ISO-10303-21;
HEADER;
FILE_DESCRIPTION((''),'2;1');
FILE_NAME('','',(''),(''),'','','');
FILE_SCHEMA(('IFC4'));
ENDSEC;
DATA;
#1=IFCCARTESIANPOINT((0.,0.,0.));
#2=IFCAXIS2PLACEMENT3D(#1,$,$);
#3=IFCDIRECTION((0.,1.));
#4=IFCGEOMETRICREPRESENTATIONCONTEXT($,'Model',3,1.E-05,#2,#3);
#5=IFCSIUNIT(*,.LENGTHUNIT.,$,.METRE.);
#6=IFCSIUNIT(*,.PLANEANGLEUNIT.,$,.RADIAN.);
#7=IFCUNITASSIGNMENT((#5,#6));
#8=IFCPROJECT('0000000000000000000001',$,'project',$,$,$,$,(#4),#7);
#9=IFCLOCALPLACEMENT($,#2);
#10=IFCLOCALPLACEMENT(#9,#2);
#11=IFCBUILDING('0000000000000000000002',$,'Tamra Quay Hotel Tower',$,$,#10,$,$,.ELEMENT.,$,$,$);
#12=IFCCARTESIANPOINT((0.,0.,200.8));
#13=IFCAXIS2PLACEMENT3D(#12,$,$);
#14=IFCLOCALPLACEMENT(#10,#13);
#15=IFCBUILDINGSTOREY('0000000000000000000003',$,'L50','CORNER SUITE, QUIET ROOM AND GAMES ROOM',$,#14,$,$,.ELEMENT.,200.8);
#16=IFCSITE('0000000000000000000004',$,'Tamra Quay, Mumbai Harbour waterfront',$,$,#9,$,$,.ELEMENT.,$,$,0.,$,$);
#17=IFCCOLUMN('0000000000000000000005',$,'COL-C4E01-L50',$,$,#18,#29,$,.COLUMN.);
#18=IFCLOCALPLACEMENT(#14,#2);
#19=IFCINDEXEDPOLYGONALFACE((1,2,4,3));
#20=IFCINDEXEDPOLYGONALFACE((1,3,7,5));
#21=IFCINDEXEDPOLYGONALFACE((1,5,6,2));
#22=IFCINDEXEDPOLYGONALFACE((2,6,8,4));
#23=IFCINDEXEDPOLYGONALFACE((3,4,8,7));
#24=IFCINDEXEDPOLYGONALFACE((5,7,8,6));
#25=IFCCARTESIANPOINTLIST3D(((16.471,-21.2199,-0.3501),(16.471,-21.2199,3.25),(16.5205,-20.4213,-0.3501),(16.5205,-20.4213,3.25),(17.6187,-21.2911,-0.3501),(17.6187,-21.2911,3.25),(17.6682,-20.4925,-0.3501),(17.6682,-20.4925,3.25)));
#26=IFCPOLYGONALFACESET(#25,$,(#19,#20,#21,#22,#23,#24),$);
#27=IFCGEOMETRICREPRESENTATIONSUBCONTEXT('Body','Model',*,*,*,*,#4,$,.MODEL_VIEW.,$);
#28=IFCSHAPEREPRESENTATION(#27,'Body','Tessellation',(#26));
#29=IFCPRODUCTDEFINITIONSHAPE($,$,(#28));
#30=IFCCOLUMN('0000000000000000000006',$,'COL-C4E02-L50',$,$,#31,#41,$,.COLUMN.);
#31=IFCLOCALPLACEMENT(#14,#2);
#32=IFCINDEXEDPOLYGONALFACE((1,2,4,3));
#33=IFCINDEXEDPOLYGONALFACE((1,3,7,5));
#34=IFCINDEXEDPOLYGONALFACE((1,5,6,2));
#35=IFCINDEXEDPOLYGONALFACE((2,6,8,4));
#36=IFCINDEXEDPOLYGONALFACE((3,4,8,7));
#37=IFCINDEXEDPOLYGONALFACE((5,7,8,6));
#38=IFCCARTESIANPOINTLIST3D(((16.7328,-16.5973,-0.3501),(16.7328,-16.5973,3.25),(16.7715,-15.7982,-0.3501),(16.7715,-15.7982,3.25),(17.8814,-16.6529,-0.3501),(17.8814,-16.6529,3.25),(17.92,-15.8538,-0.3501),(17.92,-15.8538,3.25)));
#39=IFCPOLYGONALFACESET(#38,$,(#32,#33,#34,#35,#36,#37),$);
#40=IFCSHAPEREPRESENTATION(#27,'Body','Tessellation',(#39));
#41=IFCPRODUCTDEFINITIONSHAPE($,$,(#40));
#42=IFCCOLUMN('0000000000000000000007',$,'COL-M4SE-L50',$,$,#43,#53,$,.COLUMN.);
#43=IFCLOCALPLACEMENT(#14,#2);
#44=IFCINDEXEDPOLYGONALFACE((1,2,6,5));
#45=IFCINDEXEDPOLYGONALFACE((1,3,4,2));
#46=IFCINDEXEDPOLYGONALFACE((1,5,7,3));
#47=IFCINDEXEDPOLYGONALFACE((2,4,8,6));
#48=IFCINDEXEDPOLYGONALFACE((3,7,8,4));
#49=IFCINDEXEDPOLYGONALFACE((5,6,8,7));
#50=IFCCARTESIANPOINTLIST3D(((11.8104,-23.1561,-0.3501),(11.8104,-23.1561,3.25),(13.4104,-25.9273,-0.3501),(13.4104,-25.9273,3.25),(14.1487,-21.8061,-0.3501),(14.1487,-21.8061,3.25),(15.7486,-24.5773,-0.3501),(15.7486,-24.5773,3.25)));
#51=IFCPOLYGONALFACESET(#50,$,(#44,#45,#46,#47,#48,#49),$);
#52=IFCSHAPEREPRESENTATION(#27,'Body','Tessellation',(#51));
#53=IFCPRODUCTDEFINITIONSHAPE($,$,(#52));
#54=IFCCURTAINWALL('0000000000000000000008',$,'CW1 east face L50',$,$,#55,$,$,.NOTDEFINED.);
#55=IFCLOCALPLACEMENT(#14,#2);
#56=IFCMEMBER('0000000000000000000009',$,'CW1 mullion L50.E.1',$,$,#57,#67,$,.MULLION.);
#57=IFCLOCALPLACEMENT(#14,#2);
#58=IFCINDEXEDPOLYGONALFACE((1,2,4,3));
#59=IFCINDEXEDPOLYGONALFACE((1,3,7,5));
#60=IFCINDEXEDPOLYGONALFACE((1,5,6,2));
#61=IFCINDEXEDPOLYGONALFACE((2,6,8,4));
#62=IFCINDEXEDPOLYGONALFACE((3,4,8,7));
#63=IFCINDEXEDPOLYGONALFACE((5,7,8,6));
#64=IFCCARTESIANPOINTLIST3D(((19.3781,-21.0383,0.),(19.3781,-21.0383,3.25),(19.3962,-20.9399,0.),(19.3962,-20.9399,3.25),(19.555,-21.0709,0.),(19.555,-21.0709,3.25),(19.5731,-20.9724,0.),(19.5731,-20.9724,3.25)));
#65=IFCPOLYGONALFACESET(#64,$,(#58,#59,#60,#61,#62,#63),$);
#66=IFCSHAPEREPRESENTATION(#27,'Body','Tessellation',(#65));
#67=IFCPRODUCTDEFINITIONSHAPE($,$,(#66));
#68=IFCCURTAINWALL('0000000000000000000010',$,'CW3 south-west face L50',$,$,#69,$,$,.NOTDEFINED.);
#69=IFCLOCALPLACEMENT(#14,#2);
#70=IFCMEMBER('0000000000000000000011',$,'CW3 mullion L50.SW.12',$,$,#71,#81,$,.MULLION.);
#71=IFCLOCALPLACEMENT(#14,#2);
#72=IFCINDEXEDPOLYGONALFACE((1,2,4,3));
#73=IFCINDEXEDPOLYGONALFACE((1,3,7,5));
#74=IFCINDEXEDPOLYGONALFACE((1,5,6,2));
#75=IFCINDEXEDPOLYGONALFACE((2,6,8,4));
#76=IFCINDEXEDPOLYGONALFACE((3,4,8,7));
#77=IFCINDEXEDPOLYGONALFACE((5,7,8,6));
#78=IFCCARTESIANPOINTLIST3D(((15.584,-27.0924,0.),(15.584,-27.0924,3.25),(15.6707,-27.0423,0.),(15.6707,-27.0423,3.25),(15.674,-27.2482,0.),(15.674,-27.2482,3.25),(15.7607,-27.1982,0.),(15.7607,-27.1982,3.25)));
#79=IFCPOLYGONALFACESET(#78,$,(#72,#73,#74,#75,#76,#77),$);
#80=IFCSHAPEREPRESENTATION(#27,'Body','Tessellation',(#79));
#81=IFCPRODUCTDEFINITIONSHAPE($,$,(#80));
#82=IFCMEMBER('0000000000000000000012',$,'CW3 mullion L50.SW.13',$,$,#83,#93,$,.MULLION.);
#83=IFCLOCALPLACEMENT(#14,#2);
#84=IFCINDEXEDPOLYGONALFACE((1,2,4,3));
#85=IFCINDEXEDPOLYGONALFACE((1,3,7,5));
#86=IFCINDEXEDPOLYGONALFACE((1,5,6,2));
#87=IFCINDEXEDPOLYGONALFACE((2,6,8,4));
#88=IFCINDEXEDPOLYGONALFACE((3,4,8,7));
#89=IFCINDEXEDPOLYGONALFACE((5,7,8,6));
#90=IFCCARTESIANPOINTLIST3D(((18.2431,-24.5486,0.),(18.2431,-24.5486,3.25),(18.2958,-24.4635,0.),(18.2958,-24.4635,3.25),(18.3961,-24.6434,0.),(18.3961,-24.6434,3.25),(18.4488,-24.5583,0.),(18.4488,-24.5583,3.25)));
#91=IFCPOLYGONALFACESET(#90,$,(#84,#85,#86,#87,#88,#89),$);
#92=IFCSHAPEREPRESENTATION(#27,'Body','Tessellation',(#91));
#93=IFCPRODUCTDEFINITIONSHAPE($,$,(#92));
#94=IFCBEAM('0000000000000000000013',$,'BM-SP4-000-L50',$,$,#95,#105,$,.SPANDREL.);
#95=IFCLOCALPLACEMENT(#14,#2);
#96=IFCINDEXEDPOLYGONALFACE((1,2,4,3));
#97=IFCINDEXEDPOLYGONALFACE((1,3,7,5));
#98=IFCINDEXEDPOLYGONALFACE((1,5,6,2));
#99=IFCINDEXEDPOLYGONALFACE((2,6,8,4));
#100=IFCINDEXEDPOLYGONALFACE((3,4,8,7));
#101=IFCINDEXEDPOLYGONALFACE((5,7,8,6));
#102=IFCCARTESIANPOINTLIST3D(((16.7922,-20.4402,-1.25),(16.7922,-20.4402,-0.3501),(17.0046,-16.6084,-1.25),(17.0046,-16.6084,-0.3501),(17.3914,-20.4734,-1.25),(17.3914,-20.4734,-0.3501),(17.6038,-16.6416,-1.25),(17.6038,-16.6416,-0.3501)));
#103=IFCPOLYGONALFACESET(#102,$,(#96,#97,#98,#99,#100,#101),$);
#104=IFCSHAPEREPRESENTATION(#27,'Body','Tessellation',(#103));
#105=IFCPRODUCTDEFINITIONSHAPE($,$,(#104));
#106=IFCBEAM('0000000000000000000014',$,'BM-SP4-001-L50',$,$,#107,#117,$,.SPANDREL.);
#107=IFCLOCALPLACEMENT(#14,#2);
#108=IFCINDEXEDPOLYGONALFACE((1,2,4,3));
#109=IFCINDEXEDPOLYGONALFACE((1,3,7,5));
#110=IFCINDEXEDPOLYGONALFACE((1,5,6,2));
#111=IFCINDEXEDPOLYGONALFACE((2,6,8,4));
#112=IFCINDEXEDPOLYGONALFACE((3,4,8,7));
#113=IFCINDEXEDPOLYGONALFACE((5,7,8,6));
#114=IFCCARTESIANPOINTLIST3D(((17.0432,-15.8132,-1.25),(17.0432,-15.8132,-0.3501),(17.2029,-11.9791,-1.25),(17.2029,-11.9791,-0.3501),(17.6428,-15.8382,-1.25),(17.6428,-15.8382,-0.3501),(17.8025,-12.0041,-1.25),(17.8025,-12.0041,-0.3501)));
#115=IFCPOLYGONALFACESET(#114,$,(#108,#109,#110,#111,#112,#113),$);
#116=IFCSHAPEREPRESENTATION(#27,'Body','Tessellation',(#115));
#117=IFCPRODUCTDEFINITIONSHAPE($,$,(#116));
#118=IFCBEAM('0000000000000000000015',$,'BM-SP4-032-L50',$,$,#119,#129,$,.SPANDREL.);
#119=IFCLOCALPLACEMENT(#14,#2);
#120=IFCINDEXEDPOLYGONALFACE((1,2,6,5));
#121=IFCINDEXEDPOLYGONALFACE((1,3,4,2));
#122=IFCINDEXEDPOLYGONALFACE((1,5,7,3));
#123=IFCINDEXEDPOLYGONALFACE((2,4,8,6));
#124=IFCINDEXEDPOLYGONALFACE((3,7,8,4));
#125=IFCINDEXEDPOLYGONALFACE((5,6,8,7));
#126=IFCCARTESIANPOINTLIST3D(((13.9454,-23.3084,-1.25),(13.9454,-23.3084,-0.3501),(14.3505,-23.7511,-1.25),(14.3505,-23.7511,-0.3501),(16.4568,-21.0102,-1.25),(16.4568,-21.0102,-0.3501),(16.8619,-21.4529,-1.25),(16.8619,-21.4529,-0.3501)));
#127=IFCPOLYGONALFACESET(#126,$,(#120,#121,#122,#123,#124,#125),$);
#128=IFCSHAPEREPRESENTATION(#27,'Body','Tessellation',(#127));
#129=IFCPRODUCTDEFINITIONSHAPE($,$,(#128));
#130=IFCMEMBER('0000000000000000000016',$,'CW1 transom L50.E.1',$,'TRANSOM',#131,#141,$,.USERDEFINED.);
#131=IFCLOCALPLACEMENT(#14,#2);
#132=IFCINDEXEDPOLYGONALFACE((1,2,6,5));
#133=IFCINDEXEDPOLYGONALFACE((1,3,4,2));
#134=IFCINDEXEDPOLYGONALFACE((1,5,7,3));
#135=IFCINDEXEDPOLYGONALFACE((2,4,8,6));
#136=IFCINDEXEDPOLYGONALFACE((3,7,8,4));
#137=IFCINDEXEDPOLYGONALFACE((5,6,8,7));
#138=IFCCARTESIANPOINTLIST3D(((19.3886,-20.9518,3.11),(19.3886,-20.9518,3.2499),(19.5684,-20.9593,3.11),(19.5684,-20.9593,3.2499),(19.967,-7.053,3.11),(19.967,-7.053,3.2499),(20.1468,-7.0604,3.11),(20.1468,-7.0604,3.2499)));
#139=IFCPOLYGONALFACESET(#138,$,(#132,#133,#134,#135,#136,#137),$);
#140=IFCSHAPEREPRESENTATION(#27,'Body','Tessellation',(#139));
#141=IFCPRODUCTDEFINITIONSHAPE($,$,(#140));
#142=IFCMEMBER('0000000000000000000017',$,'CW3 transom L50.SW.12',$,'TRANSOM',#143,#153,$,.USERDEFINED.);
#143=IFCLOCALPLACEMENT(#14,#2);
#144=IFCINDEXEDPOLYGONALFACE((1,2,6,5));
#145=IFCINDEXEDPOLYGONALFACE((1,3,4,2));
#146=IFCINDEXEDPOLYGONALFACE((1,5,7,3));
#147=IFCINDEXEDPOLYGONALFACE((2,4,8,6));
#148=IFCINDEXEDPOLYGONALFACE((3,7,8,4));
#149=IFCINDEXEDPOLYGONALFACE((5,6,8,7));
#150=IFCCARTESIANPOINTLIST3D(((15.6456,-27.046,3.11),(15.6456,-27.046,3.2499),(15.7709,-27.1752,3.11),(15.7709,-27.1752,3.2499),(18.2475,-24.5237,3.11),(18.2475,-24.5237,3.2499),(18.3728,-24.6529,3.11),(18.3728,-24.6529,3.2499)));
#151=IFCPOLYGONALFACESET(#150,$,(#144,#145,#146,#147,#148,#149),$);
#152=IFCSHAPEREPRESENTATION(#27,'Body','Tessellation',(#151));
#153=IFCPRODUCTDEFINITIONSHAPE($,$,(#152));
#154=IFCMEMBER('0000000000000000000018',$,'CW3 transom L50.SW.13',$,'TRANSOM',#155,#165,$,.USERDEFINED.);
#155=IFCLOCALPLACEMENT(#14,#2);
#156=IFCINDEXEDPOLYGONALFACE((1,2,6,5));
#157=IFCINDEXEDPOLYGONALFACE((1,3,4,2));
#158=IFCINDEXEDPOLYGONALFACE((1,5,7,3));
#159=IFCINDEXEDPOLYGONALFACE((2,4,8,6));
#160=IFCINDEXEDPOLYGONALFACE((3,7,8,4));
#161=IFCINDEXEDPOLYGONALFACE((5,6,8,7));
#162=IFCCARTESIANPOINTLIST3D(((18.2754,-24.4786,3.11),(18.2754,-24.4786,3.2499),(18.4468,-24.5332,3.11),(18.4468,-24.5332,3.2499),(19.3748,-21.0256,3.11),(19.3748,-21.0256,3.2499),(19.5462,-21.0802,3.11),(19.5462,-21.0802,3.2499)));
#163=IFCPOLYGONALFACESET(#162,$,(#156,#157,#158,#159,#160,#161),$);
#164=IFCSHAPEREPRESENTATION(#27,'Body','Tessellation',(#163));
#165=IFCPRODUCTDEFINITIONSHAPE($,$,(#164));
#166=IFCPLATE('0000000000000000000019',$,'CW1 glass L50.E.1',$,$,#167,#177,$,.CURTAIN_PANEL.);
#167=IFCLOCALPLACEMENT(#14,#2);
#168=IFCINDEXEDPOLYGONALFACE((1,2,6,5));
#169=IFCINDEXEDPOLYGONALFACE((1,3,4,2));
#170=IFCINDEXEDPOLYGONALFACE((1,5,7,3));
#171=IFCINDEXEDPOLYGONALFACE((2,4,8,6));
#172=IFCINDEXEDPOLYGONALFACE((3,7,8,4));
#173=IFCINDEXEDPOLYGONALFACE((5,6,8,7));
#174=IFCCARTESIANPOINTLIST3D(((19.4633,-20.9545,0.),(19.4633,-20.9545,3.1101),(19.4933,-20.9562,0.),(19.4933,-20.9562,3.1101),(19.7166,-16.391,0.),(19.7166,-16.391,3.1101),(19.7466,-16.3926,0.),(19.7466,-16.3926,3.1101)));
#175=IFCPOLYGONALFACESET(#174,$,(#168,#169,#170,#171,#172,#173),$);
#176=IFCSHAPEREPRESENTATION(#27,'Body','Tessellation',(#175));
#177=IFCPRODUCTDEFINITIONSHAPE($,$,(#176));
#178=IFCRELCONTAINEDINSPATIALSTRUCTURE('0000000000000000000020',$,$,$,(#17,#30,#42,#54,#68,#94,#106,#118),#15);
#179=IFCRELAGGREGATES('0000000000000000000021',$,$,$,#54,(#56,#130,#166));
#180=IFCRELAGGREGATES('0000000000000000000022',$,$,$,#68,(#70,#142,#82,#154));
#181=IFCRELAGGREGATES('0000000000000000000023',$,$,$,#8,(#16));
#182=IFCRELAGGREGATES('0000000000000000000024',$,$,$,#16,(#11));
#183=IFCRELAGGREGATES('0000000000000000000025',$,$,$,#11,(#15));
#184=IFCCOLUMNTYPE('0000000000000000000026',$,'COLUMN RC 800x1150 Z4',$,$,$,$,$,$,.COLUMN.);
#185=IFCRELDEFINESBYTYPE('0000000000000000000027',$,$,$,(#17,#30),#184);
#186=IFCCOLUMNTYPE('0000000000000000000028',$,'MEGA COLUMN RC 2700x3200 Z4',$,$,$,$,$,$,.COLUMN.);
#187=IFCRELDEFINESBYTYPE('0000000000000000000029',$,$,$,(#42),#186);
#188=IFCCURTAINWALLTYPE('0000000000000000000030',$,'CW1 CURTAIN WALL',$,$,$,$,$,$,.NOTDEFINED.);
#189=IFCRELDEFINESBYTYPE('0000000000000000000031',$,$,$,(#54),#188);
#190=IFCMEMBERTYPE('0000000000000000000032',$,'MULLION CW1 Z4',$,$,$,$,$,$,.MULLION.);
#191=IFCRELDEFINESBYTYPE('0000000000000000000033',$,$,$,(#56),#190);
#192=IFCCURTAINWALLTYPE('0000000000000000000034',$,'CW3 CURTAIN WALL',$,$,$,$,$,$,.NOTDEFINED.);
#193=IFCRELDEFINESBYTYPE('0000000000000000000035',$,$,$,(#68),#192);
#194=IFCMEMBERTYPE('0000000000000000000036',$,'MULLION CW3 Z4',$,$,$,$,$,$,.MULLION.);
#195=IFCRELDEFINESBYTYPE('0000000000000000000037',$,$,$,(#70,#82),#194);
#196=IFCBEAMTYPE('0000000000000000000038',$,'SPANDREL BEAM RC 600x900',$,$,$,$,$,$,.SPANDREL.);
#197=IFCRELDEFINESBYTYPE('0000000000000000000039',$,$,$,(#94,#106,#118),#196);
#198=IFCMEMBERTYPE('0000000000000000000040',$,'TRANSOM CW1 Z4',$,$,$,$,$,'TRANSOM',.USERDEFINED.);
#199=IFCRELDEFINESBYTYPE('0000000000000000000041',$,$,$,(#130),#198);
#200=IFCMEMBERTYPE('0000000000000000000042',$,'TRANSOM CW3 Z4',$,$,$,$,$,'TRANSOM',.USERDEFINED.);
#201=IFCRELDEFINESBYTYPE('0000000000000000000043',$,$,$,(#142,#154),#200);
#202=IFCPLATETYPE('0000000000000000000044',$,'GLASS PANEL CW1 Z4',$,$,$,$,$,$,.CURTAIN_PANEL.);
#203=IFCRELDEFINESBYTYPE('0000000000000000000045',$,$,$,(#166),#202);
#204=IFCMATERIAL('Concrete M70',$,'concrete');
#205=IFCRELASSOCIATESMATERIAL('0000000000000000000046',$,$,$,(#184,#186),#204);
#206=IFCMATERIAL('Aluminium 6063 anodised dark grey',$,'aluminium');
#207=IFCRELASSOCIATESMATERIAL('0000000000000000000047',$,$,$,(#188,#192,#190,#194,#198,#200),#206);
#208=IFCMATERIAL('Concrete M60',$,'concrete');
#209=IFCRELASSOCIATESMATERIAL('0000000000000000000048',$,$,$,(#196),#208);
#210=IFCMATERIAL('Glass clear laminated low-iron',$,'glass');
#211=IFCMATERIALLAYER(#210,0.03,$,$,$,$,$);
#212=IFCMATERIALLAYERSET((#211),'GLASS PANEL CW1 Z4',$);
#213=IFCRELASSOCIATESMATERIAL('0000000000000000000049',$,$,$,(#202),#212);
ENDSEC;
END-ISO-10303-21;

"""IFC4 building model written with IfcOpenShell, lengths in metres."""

from ifc_helpers import new_model, si_unit, direction, frame, origin, origin_2d, place, context, subcontext, project, spatial, rectangle, extrude, material, layer, layer_set, material_profile, profile_set, type_object, element, aggregate, save


model = new_model("IFC4")

# Units and contexts
model_context = context("Model", 3, precision=1e-05, world=origin(), true_north=direction((0.0, 1.0)))
body_context = subcontext(model_context, "Body", "Model", "MODEL_VIEW")
ifc_project = project(units=[si_unit("LENGTHUNIT", "METRE"), si_unit("PLANEANGLEUNIT", "RADIAN")], contexts=[model_context])

# Site, building, storey
site_placement = place(None, origin())
site = spatial("IfcSite", under=ifc_project, at=site_placement, Name="Tamra Quay, Mumbai Harbour waterfront", CompositionType="ELEMENT", RefElevation=0.0)
building_placement = place(site_placement, origin())
building = spatial("IfcBuilding", under=site, at=building_placement, Name="Tamra Quay Hotel Tower", CompositionType="ELEMENT")
storey_placement = place(building_placement, frame((0.0, 0.0, 200.8)))
storey = spatial("IfcBuildingStorey", under=building, at=storey_placement, Name="L50", Description="CORNER SUITE, QUIET ROOM AND GAMES ROOM", CompositionType="ELEMENT", Elevation=200.8)

# Columns
ifc_material_1 = material(Name="Concrete M70", Category="concrete")
ifc_material_profile_1 = material_profile(ifc_material_1, rectangle(XDim=1.1499, YDim=0.8, at=origin_2d()), Name="COLUMN RC 800x1150 Z4")
ifc_profile_set_1 = profile_set([ifc_material_profile_1], Name="Concrete M70")
column_type_1 = type_object("IfcColumnType", Name="COLUMN RC 800x1150 Z4", PredefinedType="COLUMN", material=ifc_profile_set_1)
for number, where, z_axis, x_axis, name in (
    (1, (17.0696, -20.8562, -0.3501), (0.0, 0.0, 1.0), (-0.998081, 0.061921, 0.0), "COL-C4E01-L50"),
    (2, (17.3264, -16.2256, -0.3501), (0.0, 0.0, 1.0), (-0.998831, 0.048344, 0.0), "COL-C4E02-L50"),
):
    element("IfcColumn", number, at=place(storey_placement, frame(where, z_axis=z_axis, x_axis=x_axis)), inside=storey, type_object=column_type_1, Name=name, PredefinedType="COLUMN", context=body_context, shape_type="SweptSolid", body=[
        extrude(rectangle(XDim=1.1499, YDim=0.8, at=origin_2d()), origin(), (0.0, 0.0, 1.0), 3.6001),
    ])
ifc_material_profile_2 = material_profile(ifc_material_1, rectangle(XDim=3.2, YDim=2.7, at=origin_2d()), Name="MEGA COLUMN RC 2700x3200 Z4")
ifc_profile_set_2 = profile_set([ifc_material_profile_2], Name="Concrete M70")
column_type_2 = type_object("IfcColumnType", Name="MEGA COLUMN RC 2700x3200 Z4", PredefinedType="COLUMN", material=ifc_profile_set_2)
column_placement = place(storey_placement, frame((13.7795, -23.8667, -0.3501), z_axis=(0.0, 0.0, 1.0), x_axis=(-0.5, 0.866025, 0.0)))
element("IfcColumn", 3, at=column_placement, inside=storey, type_object=column_type_2, Name="COL-M4SE-L50", PredefinedType="COLUMN", context=body_context, shape_type="SweptSolid", body=[
    extrude(rectangle(XDim=3.2, YDim=2.7, at=origin_2d()), origin(), (0.0, 0.0, 1.0), 3.6001),
])

# Curtain wall, member
ifc_material_2 = material(Name="Aluminium 6063 anodised dark grey", Category="aluminium")
curtain_wall_type_1 = type_object("IfcCurtainWallType", Name="CW1 CURTAIN WALL", PredefinedType="NOTDEFINED", material=ifc_material_2)
curtain_wall_1_placement = place(storey_placement, origin())
curtain_wall_1 = element("IfcCurtainWall", 4, at=curtain_wall_1_placement, inside=storey, type_object=curtain_wall_type_1, Name="CW1 east face L50", PredefinedType="NOTDEFINED")
ifc_material_profile_3 = material_profile(ifc_material_2, rectangle(XDim=0.1799, YDim=0.1001, at=origin_2d()), Name="MULLION 100X180")
ifc_profile_set_3 = profile_set([ifc_material_profile_3], Name="Aluminium 6063 anodised dark grey")
member_type_1 = type_object("IfcMemberType", Name="MULLION CW1 Z4", PredefinedType="MULLION", material=ifc_profile_set_3)
member_1_placement = place(storey_placement, frame((19.4756, -21.0054, 0.0), z_axis=(0.0, 0.0, 1.0), x_axis=(0.983509, -0.180857, 0.0)))
member_1 = element("IfcMember", 5, at=member_1_placement, type_object=member_type_1, Name="CW1 mullion L50.E.1", PredefinedType="MULLION", context=body_context, shape_type="SweptSolid", body=[
    extrude(rectangle(XDim=0.1799, YDim=0.1001, at=origin_2d()), origin(), (0.0, 0.0, 1.0), 3.25),
])

# Curtain wall, members
curtain_wall_type_2 = type_object("IfcCurtainWallType", Name="CW3 CURTAIN WALL", PredefinedType="NOTDEFINED", material=ifc_material_2)
curtain_wall_2_placement = place(storey_placement, origin())
curtain_wall_2 = element("IfcCurtainWall", 6, at=curtain_wall_2_placement, inside=storey, type_object=curtain_wall_type_2, Name="CW3 south-west face L50", PredefinedType="NOTDEFINED")
ifc_material_profile_4 = material_profile(ifc_material_2, rectangle(XDim=0.1799, YDim=0.1001, at=origin_2d()), Name="MULLION 100X180")
ifc_profile_set_4 = profile_set([ifc_material_profile_4], Name="Aluminium 6063 anodised dark grey")
member_type_2 = type_object("IfcMemberType", Name="MULLION CW3 Z4", PredefinedType="MULLION", material=ifc_profile_set_4)
member_2_placement = place(storey_placement, frame((15.6724, -27.1453, 0.0), z_axis=(0.0, 0.0, 1.0), x_axis=(0.5, -0.866025, 0.0)))
member_2 = element("IfcMember", 7, at=member_2_placement, type_object=member_type_2, Name="CW3 mullion L50.SW.12", PredefinedType="MULLION", context=body_context, shape_type="SweptSolid", body=[
    extrude(rectangle(XDim=0.1799, YDim=0.1001, at=origin_2d()), origin(), (0.0, 0.0, 1.0), 3.25),
])
member_3_placement = place(storey_placement, frame((18.3459, -24.5535, 0.0), z_axis=(0.0, 0.0, 1.0), x_axis=(0.850122, -0.526586, 0.0)))
member_3 = element("IfcMember", 8, at=member_3_placement, type_object=member_type_2, Name="CW3 mullion L50.SW.13", PredefinedType="MULLION", context=body_context, shape_type="SweptSolid", body=[
    extrude(rectangle(XDim=0.1799, YDim=0.1001, at=origin_2d()), origin(), (0.0, 0.0, 1.0), 3.25),
])

# Beams
ifc_material_3 = material(Name="Concrete M60", Category="concrete")
ifc_material_profile_5 = material_profile(ifc_material_3, rectangle(XDim=0.6001, YDim=0.8999, at=origin_2d()), Name="SPANDREL BEAM RC 600x900")
ifc_profile_set_5 = profile_set([ifc_material_profile_5], Name="Concrete M60")
beam_type = type_object("IfcBeamType", Name="SPANDREL BEAM RC 600x900", PredefinedType="SPANDREL", material=ifc_profile_set_5)
beam_1_placement = place(storey_placement, frame((17.0918, -20.4568, -0.8), z_axis=(0.055347, 0.998467, 0.0), x_axis=(-0.998467, 0.055347, 0.0)))
element("IfcBeam", 9, at=beam_1_placement, inside=storey, type_object=beam_type, Name="BM-SP4-000-L50", PredefinedType="SPANDREL", context=body_context, shape_type="SweptSolid", body=[
    extrude(rectangle(XDim=0.6001, YDim=0.8999, at=origin_2d()), origin(), (0.0, 0.0, 1.0), 3.8376),
])
beam_2_placement = place(storey_placement, frame((17.343, -15.8257, -0.8), z_axis=(0.041609, 0.999134, 0.0), x_axis=(-0.999134, 0.041609, 0.0)))
element("IfcBeam", 10, at=beam_2_placement, inside=storey, type_object=beam_type, Name="BM-SP4-001-L50", PredefinedType="SPANDREL", context=body_context, shape_type="SweptSolid", body=[
    extrude(rectangle(XDim=0.6001, YDim=0.8999, at=origin_2d()), origin(), (0.0, 0.0, 1.0), 3.8374),
])
beam_3_placement = place(storey_placement, frame((14.1479, -23.5298, -0.8), z_axis=(0.737716, 0.675111, 0.0), x_axis=(-0.675111, 0.737716, 0.0)))
element("IfcBeam", 11, at=beam_3_placement, inside=storey, type_object=beam_type, Name="BM-SP4-032-L50", PredefinedType="SPANDREL", context=body_context, shape_type="SweptSolid", body=[
    extrude(rectangle(XDim=0.6001, YDim=0.8999, at=origin_2d()), origin(), (0.0, 0.0, 1.0), 3.4043),
])

# Members
ifc_material_profile_6 = material_profile(ifc_material_2, rectangle(XDim=0.1799, YDim=0.1399, at=origin_2d()), Name="TRANSOM 180X140")
ifc_profile_set_6 = profile_set([ifc_material_profile_6], Name="Aluminium 6063 anodised dark grey")
member_type_3 = type_object("IfcMemberType", Name="TRANSOM CW1 Z4", ElementType="TRANSOM", PredefinedType="USERDEFINED", material=ifc_profile_set_6)
member_4_placement = place(storey_placement, frame((19.4785, -20.9556, 3.1799), z_axis=(0.041577, 0.999135, 0.0), x_axis=(-0.999135, 0.041577, 0.0)))
member_4 = element("IfcMember", 12, at=member_4_placement, type_object=member_type_3, Name="CW1 transom L50.E.1", ObjectType="TRANSOM", PredefinedType="USERDEFINED", context=body_context, shape_type="SweptSolid", body=[
    extrude(rectangle(XDim=0.1799, YDim=0.1399, at=origin_2d()), origin(), (0.0, 0.0, 1.0), 13.9109),
])
ifc_material_profile_7 = material_profile(ifc_material_2, rectangle(XDim=0.1799, YDim=0.1399, at=origin_2d()), Name="TRANSOM 180X140")
ifc_profile_set_7 = profile_set([ifc_material_profile_7], Name="Aluminium 6063 anodised dark grey")
member_type_4 = type_object("IfcMemberType", Name="TRANSOM CW3 Z4", ElementType="TRANSOM", PredefinedType="USERDEFINED", material=ifc_profile_set_7)
member_5_placement = place(storey_placement, frame((15.7083, -27.1106, 3.1799), z_axis=(0.718003, 0.69604, 0.0), x_axis=(-0.69604, 0.718003, 0.0)))
member_5 = element("IfcMember", 13, at=member_5_placement, type_object=member_type_4, Name="CW3 transom L50.SW.12", ObjectType="TRANSOM", PredefinedType="USERDEFINED", context=body_context, shape_type="SweptSolid", body=[
    extrude(rectangle(XDim=0.1799, YDim=0.1399, at=origin_2d()), origin(), (0.0, 0.0, 1.0), 3.6238),
])
member_6_placement = place(storey_placement, frame((18.3611, -24.5059, 3.1799), z_axis=(0.303384, 0.952868, 0.0), x_axis=(-0.952868, 0.303384, 0.0)))
member_6 = element("IfcMember", 14, at=member_6_placement, type_object=member_type_4, Name="CW3 transom L50.SW.13", ObjectType="TRANSOM", PredefinedType="USERDEFINED", context=body_context, shape_type="SweptSolid", body=[
    extrude(rectangle(XDim=0.1799, YDim=0.1399, at=origin_2d()), origin(), (0.0, 0.0, 1.0), 3.6238),
])

# Plate
ifc_material_4 = material(Name="Glass clear laminated low-iron", Category="glass")
ifc_layer_1 = layer(ifc_material_4, 0.03)
ifc_layer_set_1 = layer_set([ifc_layer_1], Name="GLASS PANEL CW1 Z4")
plate_type_1 = type_object("IfcPlateType", Name="GLASS PANEL CW1 Z4", PredefinedType="CURTAIN_PANEL", material=ifc_layer_set_1)
plate_1_placement = place(storey_placement, frame((19.605, -18.6736, 0.0), z_axis=(0.0, 0.0, 1.0), x_axis=(0.055416, 0.998463, 0.0)))
plate_1 = element("IfcPlate", 15, at=plate_1_placement, type_object=plate_type_1, Name="CW1 glass L50.E.1", PredefinedType="CURTAIN_PANEL", context=body_context, shape_type="SweptSolid", body=[
    extrude(rectangle(XDim=4.5706, YDim=0.03, at=origin_2d()), origin(), (0.0, 0.0, 1.0), 3.1101),
])
aggregate(curtain_wall_1, [member_1, member_4, plate_1])
aggregate(curtain_wall_2, [member_2, member_5, member_3, member_6])

save(model, "model.ifc")
